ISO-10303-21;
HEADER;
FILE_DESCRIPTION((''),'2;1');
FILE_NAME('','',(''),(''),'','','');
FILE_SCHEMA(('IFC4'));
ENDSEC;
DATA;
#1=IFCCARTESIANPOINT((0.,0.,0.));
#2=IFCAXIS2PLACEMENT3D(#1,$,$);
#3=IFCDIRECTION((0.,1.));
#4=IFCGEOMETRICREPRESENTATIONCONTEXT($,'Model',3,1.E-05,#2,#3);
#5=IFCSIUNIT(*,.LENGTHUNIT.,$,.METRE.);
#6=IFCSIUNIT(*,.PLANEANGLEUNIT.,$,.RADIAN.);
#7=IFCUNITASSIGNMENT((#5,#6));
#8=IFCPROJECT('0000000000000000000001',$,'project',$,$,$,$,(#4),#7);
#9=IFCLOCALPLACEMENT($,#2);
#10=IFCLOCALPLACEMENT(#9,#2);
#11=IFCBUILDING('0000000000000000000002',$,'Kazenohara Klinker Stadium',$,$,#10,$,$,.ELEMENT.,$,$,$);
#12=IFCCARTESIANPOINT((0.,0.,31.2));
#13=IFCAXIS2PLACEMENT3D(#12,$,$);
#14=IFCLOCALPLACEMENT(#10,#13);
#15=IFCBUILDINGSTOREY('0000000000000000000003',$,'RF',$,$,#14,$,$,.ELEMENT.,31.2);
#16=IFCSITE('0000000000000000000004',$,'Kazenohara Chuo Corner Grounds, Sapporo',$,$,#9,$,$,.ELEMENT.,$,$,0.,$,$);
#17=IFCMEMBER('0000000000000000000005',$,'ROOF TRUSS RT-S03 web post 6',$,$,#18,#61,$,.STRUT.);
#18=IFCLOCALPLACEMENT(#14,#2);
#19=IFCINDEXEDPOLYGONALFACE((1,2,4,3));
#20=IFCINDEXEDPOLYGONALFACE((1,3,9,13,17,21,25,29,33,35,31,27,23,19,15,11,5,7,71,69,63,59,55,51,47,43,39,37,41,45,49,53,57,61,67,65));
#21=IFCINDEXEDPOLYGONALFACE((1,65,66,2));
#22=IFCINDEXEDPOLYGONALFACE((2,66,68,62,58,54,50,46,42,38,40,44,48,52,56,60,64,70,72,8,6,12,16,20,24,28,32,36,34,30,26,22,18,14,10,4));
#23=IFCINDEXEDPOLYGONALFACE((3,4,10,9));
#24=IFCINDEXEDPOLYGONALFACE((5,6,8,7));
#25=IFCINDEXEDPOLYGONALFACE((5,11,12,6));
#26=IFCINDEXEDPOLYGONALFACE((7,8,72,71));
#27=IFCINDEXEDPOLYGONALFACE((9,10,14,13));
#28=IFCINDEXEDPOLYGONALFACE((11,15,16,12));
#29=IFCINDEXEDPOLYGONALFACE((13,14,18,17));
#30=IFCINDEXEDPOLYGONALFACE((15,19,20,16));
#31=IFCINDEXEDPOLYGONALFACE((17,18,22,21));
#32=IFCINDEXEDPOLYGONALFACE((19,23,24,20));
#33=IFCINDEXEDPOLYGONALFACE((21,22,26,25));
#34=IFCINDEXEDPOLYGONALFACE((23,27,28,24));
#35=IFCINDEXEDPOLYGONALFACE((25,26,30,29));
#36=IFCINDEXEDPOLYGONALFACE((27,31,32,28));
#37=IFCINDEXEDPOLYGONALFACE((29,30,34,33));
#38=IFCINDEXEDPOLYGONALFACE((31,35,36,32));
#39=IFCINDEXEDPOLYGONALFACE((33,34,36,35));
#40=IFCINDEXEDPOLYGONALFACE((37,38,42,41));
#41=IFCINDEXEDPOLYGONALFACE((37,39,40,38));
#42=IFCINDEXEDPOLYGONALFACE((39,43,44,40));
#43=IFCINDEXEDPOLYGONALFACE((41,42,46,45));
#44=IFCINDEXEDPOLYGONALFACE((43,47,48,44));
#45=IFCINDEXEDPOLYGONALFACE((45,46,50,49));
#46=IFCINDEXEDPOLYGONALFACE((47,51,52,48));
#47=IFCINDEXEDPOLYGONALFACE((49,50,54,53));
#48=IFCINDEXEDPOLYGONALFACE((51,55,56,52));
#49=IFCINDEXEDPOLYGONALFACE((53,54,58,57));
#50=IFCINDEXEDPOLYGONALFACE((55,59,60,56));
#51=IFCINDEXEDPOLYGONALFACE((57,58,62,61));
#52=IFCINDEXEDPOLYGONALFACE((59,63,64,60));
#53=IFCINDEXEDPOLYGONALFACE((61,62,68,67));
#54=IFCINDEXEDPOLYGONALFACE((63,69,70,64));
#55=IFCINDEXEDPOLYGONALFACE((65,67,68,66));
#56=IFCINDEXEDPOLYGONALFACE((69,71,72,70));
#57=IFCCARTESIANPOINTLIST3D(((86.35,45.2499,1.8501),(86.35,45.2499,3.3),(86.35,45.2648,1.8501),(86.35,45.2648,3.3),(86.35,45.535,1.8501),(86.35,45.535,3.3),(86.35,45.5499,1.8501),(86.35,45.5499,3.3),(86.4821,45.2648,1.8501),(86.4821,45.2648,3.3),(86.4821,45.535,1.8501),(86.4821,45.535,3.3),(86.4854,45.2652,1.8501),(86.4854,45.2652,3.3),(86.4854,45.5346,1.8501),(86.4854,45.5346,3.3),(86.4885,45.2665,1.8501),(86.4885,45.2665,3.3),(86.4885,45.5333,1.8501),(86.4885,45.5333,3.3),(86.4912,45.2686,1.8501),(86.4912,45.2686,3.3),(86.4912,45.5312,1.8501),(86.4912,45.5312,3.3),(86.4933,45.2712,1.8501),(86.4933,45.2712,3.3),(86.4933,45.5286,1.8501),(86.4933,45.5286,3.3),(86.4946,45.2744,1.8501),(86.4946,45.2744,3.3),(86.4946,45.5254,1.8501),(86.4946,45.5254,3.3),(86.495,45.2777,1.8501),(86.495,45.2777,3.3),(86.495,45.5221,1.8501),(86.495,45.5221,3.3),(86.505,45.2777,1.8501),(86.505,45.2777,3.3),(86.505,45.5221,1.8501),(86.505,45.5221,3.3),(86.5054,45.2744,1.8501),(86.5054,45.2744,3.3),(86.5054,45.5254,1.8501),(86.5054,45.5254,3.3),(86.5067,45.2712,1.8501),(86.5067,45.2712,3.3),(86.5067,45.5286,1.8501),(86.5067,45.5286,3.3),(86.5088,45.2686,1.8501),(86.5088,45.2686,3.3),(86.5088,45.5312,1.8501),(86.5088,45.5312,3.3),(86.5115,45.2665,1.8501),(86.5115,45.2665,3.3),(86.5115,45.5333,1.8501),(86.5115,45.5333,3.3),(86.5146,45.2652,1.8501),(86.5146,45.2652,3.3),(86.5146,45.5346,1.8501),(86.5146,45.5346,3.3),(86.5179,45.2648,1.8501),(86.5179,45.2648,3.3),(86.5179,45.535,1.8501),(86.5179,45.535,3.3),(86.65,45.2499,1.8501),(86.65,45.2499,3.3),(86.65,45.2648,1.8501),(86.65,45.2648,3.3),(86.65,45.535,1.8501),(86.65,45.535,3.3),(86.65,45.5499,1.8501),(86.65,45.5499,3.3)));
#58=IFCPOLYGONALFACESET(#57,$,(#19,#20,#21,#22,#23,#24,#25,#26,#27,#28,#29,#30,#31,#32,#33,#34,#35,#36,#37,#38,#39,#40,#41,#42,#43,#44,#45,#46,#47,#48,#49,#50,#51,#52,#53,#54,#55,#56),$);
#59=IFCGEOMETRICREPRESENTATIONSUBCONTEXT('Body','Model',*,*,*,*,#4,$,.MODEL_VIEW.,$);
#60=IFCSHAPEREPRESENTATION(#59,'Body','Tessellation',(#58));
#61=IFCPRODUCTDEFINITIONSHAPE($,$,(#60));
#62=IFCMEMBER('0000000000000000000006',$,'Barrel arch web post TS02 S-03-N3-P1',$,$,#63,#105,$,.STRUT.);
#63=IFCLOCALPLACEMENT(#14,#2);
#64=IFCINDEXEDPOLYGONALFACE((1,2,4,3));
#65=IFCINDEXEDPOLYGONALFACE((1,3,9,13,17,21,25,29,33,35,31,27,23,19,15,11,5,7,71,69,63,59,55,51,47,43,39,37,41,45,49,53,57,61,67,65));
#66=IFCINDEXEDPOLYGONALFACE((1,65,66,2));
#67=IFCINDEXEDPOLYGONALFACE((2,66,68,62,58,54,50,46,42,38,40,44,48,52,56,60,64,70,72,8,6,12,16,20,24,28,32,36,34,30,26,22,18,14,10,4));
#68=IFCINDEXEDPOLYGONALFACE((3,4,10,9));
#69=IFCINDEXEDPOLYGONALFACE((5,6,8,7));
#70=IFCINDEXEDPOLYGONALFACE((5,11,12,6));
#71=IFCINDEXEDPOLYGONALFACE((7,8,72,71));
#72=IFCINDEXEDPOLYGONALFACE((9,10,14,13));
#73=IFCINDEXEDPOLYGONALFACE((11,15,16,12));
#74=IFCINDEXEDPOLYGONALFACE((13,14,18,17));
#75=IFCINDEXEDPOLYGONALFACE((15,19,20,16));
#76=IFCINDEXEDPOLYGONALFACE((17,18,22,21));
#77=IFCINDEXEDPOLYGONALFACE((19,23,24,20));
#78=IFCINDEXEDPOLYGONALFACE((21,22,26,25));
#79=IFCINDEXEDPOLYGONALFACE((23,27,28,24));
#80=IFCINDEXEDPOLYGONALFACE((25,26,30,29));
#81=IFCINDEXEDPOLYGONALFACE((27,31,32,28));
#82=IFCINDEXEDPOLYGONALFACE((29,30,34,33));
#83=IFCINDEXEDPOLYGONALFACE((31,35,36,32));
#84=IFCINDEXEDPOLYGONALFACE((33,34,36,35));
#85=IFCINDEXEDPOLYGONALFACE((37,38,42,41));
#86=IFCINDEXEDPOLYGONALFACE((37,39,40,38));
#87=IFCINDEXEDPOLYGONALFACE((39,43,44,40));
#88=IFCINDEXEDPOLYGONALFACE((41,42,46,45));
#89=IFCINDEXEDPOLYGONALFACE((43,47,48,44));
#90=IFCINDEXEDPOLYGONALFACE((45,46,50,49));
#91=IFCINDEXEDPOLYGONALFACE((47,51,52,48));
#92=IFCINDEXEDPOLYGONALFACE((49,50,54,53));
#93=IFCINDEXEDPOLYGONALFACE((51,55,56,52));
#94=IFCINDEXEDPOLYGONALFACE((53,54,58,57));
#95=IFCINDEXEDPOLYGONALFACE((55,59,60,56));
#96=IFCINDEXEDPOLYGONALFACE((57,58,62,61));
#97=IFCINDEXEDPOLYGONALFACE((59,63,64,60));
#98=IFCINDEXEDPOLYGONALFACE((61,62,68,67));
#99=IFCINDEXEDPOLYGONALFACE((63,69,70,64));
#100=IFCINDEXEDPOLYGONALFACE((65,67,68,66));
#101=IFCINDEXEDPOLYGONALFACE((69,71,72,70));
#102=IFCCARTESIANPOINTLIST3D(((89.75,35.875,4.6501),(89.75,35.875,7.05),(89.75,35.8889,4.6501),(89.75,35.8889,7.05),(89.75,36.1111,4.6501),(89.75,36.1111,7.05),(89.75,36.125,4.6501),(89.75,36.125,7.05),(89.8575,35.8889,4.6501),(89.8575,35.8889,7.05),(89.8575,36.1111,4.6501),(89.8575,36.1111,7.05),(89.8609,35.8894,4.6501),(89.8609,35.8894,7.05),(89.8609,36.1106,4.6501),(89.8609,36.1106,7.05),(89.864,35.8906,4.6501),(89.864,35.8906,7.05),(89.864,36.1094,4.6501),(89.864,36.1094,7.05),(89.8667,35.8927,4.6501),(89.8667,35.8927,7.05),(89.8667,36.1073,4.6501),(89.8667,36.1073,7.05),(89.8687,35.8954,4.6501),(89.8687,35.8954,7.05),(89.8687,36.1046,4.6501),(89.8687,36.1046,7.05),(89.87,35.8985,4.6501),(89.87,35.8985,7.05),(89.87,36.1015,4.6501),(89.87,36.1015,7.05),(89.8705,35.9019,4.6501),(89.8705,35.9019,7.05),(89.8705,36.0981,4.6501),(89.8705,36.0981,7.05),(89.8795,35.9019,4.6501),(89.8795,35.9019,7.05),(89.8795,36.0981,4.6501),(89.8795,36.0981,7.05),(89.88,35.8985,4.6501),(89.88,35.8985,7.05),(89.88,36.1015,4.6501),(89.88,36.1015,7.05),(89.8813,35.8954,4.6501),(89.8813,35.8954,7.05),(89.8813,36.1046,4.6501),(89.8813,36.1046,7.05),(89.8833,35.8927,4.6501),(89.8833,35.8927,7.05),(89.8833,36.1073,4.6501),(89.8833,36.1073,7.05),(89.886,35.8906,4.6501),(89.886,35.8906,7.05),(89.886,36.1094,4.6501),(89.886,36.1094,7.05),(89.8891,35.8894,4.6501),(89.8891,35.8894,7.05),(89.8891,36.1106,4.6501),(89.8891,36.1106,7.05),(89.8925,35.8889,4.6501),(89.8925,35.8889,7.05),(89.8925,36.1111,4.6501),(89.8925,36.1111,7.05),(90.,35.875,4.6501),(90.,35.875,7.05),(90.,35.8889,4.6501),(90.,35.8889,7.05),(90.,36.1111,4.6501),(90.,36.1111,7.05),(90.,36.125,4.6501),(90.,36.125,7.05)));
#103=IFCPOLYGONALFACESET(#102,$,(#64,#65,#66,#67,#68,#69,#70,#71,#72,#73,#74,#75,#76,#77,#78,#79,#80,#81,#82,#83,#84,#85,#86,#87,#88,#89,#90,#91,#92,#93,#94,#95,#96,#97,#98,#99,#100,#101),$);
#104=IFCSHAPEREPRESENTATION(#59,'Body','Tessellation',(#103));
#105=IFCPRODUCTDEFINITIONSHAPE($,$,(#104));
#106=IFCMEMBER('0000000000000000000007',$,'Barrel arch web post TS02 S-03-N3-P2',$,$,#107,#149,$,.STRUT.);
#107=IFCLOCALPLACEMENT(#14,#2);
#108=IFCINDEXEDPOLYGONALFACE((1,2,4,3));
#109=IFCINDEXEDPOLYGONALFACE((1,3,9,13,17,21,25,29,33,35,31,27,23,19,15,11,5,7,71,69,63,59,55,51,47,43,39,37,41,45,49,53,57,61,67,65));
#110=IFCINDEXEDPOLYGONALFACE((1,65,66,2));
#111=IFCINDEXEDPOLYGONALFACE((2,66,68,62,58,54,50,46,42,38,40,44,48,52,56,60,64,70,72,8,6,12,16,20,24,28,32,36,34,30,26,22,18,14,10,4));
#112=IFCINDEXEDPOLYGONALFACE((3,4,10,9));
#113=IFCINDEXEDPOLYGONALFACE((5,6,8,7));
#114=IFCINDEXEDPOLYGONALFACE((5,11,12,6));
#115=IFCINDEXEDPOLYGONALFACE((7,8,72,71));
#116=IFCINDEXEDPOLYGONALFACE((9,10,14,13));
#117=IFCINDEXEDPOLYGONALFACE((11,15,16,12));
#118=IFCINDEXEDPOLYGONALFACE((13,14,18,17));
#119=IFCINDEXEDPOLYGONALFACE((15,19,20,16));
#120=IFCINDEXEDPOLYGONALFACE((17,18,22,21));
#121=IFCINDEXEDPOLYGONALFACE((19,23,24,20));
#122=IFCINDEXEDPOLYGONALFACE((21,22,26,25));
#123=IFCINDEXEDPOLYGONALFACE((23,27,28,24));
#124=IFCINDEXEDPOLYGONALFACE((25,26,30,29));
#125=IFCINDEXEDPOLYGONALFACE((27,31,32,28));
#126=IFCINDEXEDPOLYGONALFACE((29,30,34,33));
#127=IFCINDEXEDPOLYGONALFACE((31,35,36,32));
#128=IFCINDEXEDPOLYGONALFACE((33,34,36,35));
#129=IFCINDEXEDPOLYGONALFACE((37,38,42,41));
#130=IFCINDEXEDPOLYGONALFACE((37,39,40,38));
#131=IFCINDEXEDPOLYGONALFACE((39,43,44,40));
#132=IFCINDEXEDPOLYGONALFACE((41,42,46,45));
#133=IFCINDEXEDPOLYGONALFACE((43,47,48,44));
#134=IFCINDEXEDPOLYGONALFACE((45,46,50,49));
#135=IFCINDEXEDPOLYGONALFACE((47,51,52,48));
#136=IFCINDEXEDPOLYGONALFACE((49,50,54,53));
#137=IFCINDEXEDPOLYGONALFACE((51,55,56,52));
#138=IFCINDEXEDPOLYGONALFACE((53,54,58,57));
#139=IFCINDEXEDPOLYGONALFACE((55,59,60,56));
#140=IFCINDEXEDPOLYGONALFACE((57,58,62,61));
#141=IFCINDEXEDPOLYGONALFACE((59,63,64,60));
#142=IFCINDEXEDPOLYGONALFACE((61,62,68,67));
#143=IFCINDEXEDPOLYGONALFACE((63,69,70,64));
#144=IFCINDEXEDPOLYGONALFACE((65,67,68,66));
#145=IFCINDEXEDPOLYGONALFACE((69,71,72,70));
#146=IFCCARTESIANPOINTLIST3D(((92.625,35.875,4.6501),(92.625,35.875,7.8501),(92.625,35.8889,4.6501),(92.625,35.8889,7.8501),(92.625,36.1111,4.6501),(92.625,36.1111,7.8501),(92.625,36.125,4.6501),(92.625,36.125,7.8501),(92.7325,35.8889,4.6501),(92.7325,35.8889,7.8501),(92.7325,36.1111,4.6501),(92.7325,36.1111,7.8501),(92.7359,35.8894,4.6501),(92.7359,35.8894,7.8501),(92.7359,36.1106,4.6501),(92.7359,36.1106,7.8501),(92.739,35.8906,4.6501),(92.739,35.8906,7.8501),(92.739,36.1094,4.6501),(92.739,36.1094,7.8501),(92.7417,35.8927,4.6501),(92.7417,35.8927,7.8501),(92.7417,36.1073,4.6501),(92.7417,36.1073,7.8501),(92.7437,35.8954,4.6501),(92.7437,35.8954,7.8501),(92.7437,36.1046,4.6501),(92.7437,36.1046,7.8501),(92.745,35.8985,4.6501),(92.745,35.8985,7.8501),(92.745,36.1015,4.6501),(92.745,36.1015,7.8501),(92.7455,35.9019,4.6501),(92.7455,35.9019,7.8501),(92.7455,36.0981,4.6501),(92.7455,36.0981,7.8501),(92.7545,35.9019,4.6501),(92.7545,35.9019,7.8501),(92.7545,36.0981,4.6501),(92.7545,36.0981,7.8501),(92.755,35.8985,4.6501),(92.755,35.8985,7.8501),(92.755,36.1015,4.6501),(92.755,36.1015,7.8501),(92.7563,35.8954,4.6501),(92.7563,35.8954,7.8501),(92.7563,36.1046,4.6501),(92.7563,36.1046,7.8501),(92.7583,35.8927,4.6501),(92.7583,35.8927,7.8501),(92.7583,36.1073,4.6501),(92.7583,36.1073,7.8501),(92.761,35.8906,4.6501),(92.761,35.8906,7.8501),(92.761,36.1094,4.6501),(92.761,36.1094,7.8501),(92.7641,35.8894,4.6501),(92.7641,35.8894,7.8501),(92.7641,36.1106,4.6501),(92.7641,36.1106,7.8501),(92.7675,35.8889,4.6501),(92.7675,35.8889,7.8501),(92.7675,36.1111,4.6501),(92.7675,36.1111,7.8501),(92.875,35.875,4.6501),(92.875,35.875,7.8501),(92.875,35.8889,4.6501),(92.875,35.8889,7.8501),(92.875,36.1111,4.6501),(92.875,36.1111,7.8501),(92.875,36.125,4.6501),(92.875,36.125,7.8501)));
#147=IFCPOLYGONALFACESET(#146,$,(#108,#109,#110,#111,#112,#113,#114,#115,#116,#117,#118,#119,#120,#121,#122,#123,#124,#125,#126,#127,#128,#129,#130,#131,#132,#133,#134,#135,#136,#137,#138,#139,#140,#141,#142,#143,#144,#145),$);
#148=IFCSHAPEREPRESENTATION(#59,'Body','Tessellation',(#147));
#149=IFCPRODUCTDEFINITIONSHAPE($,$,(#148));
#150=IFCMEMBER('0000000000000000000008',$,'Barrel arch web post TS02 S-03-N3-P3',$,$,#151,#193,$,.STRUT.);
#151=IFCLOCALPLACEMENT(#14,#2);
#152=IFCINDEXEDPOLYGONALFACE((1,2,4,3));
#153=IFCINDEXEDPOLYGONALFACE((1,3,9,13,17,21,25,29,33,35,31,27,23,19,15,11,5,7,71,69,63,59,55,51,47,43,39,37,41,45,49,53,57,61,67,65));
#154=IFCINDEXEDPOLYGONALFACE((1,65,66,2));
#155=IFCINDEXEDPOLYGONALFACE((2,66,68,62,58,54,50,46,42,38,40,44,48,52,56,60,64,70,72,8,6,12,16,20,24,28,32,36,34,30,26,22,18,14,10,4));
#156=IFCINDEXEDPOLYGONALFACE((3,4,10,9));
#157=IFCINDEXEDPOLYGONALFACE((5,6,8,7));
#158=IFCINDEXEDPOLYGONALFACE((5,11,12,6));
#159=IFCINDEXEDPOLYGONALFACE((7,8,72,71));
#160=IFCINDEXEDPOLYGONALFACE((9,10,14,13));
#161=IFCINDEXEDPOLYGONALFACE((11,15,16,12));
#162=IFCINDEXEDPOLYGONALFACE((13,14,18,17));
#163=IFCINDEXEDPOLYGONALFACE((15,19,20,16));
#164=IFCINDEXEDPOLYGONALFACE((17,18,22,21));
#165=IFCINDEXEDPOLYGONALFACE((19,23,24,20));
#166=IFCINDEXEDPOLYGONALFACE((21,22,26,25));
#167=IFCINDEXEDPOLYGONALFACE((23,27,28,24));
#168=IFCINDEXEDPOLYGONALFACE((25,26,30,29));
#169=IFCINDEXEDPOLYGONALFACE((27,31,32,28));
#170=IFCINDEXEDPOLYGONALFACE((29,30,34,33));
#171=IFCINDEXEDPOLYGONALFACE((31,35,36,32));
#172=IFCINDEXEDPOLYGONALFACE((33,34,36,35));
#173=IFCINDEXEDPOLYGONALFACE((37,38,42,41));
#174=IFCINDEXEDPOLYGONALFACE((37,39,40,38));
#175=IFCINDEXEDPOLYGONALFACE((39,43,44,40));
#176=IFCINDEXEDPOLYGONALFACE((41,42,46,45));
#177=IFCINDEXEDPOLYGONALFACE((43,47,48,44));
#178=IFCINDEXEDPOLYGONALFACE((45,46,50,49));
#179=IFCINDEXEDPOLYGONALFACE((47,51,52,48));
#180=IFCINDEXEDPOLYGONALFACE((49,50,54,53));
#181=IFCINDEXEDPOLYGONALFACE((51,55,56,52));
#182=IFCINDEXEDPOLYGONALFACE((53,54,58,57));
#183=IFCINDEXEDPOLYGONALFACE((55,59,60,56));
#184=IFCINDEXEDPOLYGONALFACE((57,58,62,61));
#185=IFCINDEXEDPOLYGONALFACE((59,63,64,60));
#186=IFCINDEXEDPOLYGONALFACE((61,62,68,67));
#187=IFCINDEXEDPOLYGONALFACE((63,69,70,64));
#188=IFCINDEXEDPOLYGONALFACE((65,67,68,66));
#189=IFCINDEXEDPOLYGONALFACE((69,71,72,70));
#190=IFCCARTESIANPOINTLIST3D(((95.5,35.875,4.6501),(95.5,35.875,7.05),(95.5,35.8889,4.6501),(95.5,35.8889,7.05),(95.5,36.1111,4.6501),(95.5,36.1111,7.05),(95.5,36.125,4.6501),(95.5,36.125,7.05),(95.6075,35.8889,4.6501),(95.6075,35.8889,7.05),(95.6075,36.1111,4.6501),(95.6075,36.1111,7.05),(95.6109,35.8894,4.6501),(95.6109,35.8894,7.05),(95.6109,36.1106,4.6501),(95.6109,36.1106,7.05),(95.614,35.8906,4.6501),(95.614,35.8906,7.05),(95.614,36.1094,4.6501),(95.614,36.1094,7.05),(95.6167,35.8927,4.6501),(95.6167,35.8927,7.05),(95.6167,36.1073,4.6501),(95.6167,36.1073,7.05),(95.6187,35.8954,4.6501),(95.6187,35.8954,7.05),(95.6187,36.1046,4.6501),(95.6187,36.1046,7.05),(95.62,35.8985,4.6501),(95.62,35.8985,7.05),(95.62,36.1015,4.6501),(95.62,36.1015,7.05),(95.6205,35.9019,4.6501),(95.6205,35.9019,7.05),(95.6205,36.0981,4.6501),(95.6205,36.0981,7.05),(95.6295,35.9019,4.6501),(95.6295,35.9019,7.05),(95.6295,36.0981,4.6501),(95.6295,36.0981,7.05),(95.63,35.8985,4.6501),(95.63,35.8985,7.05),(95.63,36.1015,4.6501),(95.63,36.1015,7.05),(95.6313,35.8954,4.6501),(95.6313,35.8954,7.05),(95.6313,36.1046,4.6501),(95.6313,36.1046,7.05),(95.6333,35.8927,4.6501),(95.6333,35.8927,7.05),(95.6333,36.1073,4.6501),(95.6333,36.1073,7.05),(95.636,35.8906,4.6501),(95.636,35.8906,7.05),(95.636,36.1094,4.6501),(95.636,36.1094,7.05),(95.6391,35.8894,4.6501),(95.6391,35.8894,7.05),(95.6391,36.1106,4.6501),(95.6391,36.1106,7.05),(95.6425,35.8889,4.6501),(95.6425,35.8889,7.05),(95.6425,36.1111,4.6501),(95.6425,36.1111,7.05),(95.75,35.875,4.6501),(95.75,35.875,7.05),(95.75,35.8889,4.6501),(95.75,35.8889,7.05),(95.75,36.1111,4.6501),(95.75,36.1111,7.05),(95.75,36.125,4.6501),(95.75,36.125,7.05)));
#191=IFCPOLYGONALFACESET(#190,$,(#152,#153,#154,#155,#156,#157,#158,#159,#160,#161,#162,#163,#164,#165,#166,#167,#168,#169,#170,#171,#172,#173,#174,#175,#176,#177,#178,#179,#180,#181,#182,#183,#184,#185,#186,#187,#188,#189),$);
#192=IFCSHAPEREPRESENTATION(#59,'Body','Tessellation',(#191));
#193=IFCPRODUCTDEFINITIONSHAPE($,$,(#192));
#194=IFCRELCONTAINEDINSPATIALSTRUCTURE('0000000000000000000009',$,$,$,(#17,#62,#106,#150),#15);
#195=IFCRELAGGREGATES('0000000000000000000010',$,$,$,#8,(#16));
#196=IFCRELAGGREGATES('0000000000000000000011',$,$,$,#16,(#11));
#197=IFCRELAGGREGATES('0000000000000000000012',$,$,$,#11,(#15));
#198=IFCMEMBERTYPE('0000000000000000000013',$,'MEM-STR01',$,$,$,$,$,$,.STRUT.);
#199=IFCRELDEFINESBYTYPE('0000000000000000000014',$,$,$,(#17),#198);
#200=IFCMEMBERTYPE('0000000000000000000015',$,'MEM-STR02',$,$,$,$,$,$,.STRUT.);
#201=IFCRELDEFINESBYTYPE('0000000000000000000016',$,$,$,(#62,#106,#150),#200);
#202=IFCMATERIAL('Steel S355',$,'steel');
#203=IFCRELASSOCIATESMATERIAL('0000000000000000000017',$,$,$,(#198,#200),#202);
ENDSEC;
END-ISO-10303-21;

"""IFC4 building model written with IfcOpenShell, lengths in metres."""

from ifc_helpers import new_model, si_unit, direction, frame, origin, origin_2d, place, context, subcontext, project, spatial, i_section, extrude, material, material_profile, profile_set, type_object, element, save


model = new_model("IFC4")

# Units and contexts
model_context = context("Model", 3, precision=1e-05, world=origin(), true_north=direction((0.0, 1.0)))
body_context = subcontext(model_context, "Body", "Model", "MODEL_VIEW")
ifc_project = project(units=[si_unit("LENGTHUNIT", "METRE"), si_unit("PLANEANGLEUNIT", "RADIAN")], contexts=[model_context])

# Site, building, storey
site_placement = place(None, origin())
site = spatial("IfcSite", under=ifc_project, at=site_placement, Name="Kazenohara Chuo Corner Grounds, Sapporo", CompositionType="ELEMENT", RefElevation=0.0)
building_placement = place(site_placement, origin())
building = spatial("IfcBuilding", under=site, at=building_placement, Name="Kazenohara Klinker Stadium", CompositionType="ELEMENT")
storey_placement = place(building_placement, frame((0.0, 0.0, 31.2)))
storey = spatial("IfcBuildingStorey", under=building, at=storey_placement, Name="RF", CompositionType="ELEMENT", Elevation=31.2)

# Members
ifc_material_1 = material(Name="Steel S355", Category="steel")
ifc_material_profile_1 = material_profile(ifc_material_1, i_section(OverallWidth=0.3, OverallDepth=0.3, WebThickness=0.01, FlangeThickness=0.0149, FilletRadius=0.0129, at=origin_2d()), Name="H-300x300x10x15")
ifc_profile_set_1 = profile_set([ifc_material_profile_1], Name="Steel S355")
member_type_1 = type_object("IfcMemberType", Name="MEM-STR01", PredefinedType="STRUT", material=ifc_profile_set_1)
member_1_placement = place(storey_placement, frame((86.5, 45.3999, 1.8501), z_axis=(0.0, 0.0, 1.0), x_axis=(1.0, 0.0, 0.0)))
element("IfcMember", 1, at=member_1_placement, inside=storey, type_object=member_type_1, Name="ROOF TRUSS RT-S03 web post 6", PredefinedType="STRUT", context=body_context, shape_type="SweptSolid", body=[
    extrude(i_section(OverallWidth=0.3, OverallDepth=0.3, WebThickness=0.01, FlangeThickness=0.0149, FilletRadius=0.0129, at=origin_2d()), origin(), (0.0, 0.0, 1.0), 1.45),
])
ifc_material_profile_2 = material_profile(ifc_material_1, i_section(OverallWidth=0.25, OverallDepth=0.25, WebThickness=0.009, FlangeThickness=0.0139, FilletRadius=0.0129, at=origin_2d()), Name="H-250x250x9x14")
ifc_profile_set_2 = profile_set([ifc_material_profile_2], Name="Steel S355")
member_type_2 = type_object("IfcMemberType", Name="MEM-STR02", PredefinedType="STRUT", material=ifc_profile_set_2)
member_2_placement = place(storey_placement, frame((89.875, 36.0, 4.6501), z_axis=(0.0, 0.0, 1.0), x_axis=(1.0, 0.0, 0.0)))
element("IfcMember", 2, at=member_2_placement, inside=storey, type_object=member_type_2, Name="Barrel arch web post TS02 S-03-N3-P1", PredefinedType="STRUT", context=body_context, shape_type="SweptSolid", body=[
    extrude(i_section(OverallWidth=0.25, OverallDepth=0.25, WebThickness=0.009, FlangeThickness=0.0139, FilletRadius=0.0129, at=origin_2d()), origin(), (0.0, 0.0, 1.0), 2.3999),
])
member_3_placement = place(storey_placement, frame((92.75, 36.0, 4.6501), z_axis=(0.0, 0.0, 1.0), x_axis=(1.0, 0.0, 0.0)))
element("IfcMember", 3, at=member_3_placement, inside=storey, type_object=member_type_2, Name="Barrel arch web post TS02 S-03-N3-P2", PredefinedType="STRUT", context=body_context, shape_type="SweptSolid", body=[
    extrude(i_section(OverallWidth=0.25, OverallDepth=0.25, WebThickness=0.009, FlangeThickness=0.0139, FilletRadius=0.0129, at=origin_2d()), origin(), (0.0, 0.0, 1.0), 3.2),
])
member_4_placement = place(storey_placement, frame((95.625, 36.0, 4.6501), z_axis=(0.0, 0.0, 1.0), x_axis=(1.0, 0.0, 0.0)))
element("IfcMember", 4, at=member_4_placement, inside=storey, type_object=member_type_2, Name="Barrel arch web post TS02 S-03-N3-P3", PredefinedType="STRUT", context=body_context, shape_type="SweptSolid", body=[
    extrude(i_section(OverallWidth=0.25, OverallDepth=0.25, WebThickness=0.009, FlangeThickness=0.0139, FilletRadius=0.0129, at=origin_2d()), origin(), (0.0, 0.0, 1.0), 2.3999),
])

save(model, "model.ifc")
